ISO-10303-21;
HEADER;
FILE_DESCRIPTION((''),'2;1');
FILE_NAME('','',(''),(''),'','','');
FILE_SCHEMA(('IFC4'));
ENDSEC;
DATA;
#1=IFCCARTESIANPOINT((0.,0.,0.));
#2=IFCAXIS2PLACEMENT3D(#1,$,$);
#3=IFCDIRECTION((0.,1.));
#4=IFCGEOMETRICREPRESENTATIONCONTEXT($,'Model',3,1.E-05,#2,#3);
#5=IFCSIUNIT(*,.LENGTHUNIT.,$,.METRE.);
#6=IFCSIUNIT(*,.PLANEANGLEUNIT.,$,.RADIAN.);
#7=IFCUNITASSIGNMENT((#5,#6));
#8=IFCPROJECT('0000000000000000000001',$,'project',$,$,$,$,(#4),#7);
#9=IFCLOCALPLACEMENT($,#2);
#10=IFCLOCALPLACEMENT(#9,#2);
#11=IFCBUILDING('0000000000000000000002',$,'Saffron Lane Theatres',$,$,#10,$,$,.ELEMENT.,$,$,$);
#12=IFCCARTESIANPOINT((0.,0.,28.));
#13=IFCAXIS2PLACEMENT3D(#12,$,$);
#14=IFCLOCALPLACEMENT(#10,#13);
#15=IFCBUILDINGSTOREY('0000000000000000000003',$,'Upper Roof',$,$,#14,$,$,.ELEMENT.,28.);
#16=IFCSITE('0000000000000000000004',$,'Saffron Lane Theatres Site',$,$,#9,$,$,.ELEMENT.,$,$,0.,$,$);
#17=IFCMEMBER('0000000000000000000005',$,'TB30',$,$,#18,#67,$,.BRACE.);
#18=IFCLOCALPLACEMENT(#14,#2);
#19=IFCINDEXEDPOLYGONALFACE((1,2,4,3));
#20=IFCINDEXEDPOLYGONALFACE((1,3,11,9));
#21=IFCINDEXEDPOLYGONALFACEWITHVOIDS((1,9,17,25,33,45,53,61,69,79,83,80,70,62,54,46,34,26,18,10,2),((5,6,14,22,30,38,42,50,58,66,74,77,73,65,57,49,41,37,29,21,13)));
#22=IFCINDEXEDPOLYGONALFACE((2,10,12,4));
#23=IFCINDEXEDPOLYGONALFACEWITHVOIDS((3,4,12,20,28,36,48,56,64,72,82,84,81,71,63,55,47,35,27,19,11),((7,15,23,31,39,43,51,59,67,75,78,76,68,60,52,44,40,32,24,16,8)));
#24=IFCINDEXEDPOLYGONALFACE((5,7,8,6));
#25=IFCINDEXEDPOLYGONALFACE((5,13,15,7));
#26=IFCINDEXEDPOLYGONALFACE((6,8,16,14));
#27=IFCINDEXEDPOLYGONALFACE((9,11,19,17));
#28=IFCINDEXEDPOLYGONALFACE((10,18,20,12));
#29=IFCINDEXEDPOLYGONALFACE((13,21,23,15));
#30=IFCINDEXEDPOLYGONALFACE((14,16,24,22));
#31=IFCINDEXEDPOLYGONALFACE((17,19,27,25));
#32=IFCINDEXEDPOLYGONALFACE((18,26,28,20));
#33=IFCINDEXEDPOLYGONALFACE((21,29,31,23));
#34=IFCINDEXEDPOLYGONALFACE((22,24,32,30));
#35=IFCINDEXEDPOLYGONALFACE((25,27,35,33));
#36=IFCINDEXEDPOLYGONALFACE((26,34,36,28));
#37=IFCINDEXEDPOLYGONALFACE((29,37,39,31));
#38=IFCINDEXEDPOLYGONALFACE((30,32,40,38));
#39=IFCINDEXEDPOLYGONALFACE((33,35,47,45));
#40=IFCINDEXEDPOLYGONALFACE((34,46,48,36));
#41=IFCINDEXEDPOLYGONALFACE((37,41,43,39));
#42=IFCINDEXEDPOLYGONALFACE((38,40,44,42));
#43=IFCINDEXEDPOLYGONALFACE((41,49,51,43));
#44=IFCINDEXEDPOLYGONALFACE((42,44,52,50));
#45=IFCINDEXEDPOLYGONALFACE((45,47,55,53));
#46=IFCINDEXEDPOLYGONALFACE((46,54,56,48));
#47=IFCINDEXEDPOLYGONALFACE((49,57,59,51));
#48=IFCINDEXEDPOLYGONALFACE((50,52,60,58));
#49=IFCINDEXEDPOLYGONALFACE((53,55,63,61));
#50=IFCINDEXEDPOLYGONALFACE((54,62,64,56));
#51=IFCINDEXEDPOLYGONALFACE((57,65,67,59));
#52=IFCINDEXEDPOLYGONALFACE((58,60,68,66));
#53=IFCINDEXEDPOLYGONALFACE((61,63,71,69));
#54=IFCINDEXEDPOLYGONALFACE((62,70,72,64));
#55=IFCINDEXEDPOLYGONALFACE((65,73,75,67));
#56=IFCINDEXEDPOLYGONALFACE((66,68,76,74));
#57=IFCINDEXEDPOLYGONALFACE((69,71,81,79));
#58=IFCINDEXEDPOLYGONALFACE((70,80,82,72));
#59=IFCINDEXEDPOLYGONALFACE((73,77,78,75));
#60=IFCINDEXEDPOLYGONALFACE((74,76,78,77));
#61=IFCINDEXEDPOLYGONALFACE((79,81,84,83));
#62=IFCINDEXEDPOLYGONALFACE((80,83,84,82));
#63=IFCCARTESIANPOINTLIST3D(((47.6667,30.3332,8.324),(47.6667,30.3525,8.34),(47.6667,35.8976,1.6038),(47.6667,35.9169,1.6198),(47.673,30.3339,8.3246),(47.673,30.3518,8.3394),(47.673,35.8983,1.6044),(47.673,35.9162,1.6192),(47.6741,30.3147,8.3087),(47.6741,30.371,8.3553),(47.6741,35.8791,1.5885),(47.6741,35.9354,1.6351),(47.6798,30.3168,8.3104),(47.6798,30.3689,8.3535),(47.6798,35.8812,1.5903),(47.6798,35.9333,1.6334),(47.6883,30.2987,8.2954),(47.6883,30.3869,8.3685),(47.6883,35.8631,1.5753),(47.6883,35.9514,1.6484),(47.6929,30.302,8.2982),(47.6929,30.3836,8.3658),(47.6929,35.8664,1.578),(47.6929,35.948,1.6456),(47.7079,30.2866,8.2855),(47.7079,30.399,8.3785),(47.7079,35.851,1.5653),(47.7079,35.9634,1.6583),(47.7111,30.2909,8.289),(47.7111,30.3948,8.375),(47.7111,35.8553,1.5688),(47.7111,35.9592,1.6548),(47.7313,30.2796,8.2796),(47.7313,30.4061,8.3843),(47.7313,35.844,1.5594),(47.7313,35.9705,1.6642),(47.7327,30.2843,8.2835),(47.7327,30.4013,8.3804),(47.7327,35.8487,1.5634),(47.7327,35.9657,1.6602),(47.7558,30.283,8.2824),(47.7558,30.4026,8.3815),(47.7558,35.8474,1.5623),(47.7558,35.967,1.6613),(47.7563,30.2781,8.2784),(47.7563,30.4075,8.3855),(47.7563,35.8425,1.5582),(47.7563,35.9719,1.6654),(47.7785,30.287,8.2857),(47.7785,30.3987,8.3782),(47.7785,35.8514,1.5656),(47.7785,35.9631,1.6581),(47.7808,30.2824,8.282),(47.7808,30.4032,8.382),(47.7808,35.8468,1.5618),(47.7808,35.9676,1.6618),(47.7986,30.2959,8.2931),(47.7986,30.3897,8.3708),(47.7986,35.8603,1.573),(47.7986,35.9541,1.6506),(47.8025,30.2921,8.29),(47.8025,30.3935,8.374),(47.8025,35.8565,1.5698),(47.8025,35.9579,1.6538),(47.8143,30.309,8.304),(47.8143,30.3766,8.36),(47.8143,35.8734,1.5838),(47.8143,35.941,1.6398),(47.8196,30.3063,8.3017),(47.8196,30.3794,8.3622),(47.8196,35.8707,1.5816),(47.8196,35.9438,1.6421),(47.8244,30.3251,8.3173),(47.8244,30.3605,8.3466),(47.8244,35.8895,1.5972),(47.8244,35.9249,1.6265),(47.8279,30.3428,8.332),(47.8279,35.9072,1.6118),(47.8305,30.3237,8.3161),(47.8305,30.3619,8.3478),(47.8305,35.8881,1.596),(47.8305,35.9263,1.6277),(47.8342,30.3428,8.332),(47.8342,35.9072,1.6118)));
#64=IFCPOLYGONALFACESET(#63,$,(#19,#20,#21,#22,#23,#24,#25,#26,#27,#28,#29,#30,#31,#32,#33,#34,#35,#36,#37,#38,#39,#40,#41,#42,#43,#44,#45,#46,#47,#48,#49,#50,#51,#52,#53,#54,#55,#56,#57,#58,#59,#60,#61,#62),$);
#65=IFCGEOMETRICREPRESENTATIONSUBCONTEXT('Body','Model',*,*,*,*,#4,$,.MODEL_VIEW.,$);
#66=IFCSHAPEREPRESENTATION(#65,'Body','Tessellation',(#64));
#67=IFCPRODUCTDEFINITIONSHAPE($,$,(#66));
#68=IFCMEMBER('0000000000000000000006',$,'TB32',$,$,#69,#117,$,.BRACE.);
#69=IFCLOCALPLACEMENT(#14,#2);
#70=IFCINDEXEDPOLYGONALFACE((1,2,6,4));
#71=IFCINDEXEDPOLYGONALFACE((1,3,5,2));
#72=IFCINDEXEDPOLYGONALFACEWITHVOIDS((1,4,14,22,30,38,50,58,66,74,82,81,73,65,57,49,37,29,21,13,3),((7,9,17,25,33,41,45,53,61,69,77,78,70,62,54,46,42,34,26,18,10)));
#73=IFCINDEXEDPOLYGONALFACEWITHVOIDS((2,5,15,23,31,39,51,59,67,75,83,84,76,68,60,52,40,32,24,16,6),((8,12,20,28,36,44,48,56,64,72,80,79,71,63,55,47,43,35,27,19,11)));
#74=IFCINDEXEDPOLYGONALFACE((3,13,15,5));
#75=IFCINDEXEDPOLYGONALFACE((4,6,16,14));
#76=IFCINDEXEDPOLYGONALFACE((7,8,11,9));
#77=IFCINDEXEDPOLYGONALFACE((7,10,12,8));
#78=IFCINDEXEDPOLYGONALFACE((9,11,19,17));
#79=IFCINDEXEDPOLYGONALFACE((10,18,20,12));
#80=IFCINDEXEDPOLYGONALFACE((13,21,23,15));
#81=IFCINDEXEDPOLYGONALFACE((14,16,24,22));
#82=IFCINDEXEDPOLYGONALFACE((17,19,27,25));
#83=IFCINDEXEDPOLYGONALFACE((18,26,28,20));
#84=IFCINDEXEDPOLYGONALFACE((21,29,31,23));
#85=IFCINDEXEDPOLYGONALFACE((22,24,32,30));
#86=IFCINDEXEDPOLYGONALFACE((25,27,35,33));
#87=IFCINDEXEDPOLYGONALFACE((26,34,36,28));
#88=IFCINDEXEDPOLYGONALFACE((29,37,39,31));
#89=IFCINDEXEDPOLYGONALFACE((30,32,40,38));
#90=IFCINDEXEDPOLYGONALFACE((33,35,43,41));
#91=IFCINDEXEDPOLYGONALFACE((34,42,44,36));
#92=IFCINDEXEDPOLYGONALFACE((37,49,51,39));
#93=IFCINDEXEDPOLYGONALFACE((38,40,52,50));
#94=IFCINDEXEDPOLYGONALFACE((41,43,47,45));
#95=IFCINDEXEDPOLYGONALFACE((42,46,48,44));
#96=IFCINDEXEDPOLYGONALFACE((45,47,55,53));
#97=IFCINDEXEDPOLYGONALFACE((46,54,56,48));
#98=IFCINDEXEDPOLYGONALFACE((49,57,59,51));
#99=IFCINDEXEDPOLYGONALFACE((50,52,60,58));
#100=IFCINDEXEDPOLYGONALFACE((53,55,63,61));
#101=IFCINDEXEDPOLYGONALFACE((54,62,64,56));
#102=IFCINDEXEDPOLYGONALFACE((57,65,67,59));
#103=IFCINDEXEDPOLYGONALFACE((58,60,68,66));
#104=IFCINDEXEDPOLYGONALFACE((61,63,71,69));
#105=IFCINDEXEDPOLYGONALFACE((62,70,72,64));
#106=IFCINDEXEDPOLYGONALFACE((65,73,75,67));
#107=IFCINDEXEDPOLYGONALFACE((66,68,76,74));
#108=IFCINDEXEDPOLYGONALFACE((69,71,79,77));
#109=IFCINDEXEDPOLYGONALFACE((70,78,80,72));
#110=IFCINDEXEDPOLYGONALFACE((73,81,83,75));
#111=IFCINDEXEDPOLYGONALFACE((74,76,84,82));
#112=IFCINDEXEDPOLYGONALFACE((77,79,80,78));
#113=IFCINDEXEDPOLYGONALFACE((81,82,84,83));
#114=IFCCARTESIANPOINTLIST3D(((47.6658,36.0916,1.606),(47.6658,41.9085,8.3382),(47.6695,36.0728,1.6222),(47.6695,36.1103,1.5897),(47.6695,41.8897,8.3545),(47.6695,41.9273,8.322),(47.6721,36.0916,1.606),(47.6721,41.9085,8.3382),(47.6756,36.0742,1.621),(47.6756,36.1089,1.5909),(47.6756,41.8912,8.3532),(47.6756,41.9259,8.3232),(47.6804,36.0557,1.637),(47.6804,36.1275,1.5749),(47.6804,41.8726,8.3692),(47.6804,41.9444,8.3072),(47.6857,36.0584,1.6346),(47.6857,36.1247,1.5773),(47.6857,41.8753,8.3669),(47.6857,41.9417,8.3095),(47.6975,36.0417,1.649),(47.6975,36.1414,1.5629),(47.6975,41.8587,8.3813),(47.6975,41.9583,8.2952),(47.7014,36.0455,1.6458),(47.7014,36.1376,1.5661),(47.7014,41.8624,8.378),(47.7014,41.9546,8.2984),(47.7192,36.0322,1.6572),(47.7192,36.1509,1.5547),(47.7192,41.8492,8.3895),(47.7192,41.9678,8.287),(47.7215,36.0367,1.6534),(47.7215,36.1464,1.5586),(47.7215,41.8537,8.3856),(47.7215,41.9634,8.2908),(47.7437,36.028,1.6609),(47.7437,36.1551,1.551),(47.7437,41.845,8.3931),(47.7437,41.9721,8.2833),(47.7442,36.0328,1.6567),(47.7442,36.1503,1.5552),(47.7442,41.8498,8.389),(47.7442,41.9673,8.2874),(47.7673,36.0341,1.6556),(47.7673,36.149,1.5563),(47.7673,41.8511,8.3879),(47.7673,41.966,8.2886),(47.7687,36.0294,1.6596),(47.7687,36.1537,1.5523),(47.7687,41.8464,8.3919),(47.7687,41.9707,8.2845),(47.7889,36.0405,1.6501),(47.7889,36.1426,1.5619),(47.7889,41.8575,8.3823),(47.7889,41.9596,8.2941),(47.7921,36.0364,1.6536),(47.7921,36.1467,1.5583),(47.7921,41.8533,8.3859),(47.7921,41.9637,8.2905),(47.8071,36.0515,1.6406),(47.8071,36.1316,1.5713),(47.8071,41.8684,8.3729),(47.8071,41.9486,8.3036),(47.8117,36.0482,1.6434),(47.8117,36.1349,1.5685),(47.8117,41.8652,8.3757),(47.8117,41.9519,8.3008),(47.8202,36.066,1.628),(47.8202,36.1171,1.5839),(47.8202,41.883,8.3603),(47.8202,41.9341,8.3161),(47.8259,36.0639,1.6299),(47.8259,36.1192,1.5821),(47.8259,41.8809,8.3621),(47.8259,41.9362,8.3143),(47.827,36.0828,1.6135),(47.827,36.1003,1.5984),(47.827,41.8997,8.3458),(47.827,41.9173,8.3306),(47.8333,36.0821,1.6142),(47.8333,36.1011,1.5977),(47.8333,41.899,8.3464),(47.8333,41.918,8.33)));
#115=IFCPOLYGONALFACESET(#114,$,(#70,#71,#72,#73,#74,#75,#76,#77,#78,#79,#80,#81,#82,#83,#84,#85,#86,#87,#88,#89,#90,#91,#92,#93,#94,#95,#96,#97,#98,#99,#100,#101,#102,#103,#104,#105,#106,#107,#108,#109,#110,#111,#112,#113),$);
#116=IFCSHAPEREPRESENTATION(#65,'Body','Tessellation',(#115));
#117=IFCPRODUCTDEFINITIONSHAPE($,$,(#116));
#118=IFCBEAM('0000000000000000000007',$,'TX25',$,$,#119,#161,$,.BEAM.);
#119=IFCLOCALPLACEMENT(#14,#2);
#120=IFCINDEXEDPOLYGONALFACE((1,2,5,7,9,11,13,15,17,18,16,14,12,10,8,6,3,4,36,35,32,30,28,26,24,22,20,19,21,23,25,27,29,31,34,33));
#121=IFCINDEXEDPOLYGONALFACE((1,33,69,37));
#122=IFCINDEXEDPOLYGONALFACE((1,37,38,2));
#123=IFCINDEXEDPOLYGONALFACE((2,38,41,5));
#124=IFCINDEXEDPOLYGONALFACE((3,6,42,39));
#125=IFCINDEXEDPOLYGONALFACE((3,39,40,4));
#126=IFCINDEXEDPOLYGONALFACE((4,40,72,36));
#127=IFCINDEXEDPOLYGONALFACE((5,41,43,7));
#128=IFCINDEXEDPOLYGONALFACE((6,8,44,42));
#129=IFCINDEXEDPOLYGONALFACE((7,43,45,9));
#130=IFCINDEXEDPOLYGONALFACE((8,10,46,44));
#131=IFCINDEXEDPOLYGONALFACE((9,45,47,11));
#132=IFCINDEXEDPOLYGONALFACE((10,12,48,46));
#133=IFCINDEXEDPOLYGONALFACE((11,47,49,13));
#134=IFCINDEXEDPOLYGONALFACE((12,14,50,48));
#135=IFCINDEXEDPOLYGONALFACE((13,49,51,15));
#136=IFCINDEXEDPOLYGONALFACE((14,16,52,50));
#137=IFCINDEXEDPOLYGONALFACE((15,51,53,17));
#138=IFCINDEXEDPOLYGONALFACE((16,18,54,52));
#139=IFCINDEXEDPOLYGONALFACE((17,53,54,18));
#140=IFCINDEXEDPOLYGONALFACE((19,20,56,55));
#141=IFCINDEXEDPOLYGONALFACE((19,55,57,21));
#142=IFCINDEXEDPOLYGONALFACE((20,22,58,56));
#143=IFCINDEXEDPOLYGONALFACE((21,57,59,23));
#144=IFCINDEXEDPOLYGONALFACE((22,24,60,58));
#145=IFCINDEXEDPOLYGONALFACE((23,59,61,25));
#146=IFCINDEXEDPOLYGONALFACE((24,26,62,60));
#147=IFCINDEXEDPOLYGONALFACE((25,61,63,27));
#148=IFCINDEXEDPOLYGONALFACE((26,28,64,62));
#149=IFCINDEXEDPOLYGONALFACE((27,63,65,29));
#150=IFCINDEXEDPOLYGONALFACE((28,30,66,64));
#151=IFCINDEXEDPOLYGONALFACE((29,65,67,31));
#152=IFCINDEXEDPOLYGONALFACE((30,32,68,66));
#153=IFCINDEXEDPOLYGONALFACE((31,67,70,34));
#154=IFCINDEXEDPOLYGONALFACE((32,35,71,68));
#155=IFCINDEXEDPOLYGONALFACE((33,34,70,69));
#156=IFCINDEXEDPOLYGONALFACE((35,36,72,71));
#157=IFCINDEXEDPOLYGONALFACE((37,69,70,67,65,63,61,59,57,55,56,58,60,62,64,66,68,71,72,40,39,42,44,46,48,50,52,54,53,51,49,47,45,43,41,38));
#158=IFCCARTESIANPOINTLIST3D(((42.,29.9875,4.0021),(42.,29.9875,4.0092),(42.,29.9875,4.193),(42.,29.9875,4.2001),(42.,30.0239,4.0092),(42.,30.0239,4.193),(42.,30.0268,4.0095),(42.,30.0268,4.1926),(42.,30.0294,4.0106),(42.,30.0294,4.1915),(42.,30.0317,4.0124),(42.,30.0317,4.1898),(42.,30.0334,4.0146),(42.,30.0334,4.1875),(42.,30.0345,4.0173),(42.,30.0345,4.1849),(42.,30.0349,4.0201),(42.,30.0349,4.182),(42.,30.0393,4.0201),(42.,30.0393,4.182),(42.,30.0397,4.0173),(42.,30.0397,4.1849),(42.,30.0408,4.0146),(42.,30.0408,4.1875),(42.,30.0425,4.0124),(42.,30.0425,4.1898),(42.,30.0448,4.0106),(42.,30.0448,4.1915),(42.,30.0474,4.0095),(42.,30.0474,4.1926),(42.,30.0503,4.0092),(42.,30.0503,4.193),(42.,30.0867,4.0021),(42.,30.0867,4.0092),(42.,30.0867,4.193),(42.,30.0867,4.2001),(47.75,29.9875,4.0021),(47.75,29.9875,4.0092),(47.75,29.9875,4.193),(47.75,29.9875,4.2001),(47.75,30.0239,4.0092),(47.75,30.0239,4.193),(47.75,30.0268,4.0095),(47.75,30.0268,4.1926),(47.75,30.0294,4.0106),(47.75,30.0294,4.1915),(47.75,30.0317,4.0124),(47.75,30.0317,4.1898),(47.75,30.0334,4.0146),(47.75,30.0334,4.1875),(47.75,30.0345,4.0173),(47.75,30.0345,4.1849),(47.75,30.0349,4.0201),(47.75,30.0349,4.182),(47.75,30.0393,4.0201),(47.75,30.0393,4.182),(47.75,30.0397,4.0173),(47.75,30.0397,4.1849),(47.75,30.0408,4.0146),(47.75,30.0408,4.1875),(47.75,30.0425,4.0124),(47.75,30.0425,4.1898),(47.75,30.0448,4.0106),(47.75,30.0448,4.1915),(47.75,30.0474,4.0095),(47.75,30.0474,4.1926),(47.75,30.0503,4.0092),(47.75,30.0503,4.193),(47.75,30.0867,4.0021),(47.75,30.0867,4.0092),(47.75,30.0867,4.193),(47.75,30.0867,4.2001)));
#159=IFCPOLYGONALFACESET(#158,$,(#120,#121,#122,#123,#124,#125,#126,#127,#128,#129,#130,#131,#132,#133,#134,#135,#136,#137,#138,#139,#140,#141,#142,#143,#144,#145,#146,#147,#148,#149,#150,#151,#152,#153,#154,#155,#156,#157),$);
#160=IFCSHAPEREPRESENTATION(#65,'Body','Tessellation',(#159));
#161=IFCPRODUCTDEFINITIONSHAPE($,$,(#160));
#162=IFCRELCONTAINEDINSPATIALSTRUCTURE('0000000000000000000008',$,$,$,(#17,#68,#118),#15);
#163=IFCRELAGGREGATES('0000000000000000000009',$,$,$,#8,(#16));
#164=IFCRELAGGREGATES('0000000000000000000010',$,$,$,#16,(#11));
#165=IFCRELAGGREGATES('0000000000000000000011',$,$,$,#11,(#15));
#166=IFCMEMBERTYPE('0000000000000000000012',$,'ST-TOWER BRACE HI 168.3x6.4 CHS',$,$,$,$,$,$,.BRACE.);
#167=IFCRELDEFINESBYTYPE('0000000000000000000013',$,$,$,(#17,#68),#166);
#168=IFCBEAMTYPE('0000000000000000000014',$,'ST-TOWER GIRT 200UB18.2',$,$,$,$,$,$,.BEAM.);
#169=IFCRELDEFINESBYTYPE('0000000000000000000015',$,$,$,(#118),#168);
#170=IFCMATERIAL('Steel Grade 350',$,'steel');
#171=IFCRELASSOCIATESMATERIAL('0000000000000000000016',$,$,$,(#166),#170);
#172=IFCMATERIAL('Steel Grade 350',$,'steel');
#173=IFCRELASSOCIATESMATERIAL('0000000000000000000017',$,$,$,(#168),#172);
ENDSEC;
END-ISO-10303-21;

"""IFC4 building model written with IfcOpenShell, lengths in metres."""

from ifc_helpers import new_model, si_unit, direction, frame, origin, origin_2d, place, context, subcontext, project, spatial, hollow_circle, i_section, extrude, material, material_profile, profile_set, type_object, element, save


model = new_model("IFC4")

# Units and contexts
model_context = context("Model", 3, precision=1e-05, world=origin(), true_north=direction((0.0, 1.0)))
body_context = subcontext(model_context, "Body", "Model", "MODEL_VIEW")
ifc_project = project(units=[si_unit("LENGTHUNIT", "METRE"), si_unit("PLANEANGLEUNIT", "RADIAN")], contexts=[model_context])

# Site, building, storey
site_placement = place(None, origin())
site = spatial("IfcSite", under=ifc_project, at=site_placement, Name="Saffron Lane Theatres Site", CompositionType="ELEMENT", RefElevation=0.0)
building_placement = place(site_placement, origin())
building = spatial("IfcBuilding", under=site, at=building_placement, Name="Saffron Lane Theatres", CompositionType="ELEMENT")
storey_placement = place(building_placement, frame((0.0, 0.0, 28.0)))
storey = spatial("IfcBuildingStorey", under=building, at=storey_placement, Name="Upper Roof", CompositionType="ELEMENT", Elevation=28.0)

# Members
ifc_material_1 = material(Name="Steel Grade 350", Category="steel")
ifc_material_profile_1 = material_profile(ifc_material_1, hollow_circle(Radius=0.0842, WallThickness=0.0063, at=origin_2d()))
ifc_profile_set_1 = profile_set([ifc_material_profile_1], Name="Steel Grade 350")
member_type = type_object("IfcMemberType", Name="ST-TOWER BRACE HI 168.3x6.4 CHS", PredefinedType="BRACE", material=ifc_profile_set_1)
for number, where, z_axis, x_axis, name in (
    (1, (47.75, 35.9072, 1.6118), (0.0, -0.637765, 0.770231), (1.0, 0.0, 0.0), "TB30"),
):
    element("IfcMember", number, at=place(storey_placement, frame(where, z_axis=z_axis, x_axis=x_axis)), inside=storey, type_object=member_type, Name=name, PredefinedType="BRACE", context=body_context, shape_type="SweptSolid", body=[
        extrude(hollow_circle(Radius=0.0842, WallThickness=0.0063, at=origin_2d()), origin(), (0.0, 0.0, 1.0), 8.7249),
    ])
member_placement = place(storey_placement, frame((47.75, 36.0916, 1.606), z_axis=(0.0, 0.653796, 0.756671), x_axis=(-1.0, 0.0, 0.0)))
element("IfcMember", 2, at=member_placement, inside=storey, type_object=member_type, Name="TB32", PredefinedType="BRACE", context=body_context, shape_type="SweptSolid", body=[
    extrude(hollow_circle(Radius=0.0842, WallThickness=0.0063, at=origin_2d()), origin(), (0.0, 0.0, 1.0), 8.8972),
])

# Beam
ifc_material_2 = material(Name="Steel Grade 350", Category="steel")
ifc_material_profile_2 = material_profile(ifc_material_2, i_section(OverallWidth=0.0991, OverallDepth=0.198, WebThickness=0.0044, FlangeThickness=0.0071, FilletRadius=0.011, at=origin_2d()))
ifc_profile_set_2 = profile_set([ifc_material_profile_2], Name="Steel Grade 350")
beam_type_1 = type_object("IfcBeamType", Name="ST-TOWER GIRT 200UB18.2", PredefinedType="BEAM", material=ifc_profile_set_2)
for number, where, z_axis, x_axis, name in (
    (3, (42.0, 30.0371, 4.1011), (1.0, 0.0, 0.0), (0.0, 1.0, 0.0), "TX25"),
):
    element("IfcBeam", number, at=place(storey_placement, frame(where, z_axis=z_axis, x_axis=x_axis)), inside=storey, type_object=beam_type_1, Name=name, PredefinedType="BEAM", context=body_context, shape_type="SweptSolid", body=[
        extrude(i_section(OverallWidth=0.0991, OverallDepth=0.198, WebThickness=0.0044, FlangeThickness=0.0071, FilletRadius=0.011, at=origin_2d()), origin(), (0.0, 0.0, 1.0), 5.75),
    ])

save(model, "model.ifc")
